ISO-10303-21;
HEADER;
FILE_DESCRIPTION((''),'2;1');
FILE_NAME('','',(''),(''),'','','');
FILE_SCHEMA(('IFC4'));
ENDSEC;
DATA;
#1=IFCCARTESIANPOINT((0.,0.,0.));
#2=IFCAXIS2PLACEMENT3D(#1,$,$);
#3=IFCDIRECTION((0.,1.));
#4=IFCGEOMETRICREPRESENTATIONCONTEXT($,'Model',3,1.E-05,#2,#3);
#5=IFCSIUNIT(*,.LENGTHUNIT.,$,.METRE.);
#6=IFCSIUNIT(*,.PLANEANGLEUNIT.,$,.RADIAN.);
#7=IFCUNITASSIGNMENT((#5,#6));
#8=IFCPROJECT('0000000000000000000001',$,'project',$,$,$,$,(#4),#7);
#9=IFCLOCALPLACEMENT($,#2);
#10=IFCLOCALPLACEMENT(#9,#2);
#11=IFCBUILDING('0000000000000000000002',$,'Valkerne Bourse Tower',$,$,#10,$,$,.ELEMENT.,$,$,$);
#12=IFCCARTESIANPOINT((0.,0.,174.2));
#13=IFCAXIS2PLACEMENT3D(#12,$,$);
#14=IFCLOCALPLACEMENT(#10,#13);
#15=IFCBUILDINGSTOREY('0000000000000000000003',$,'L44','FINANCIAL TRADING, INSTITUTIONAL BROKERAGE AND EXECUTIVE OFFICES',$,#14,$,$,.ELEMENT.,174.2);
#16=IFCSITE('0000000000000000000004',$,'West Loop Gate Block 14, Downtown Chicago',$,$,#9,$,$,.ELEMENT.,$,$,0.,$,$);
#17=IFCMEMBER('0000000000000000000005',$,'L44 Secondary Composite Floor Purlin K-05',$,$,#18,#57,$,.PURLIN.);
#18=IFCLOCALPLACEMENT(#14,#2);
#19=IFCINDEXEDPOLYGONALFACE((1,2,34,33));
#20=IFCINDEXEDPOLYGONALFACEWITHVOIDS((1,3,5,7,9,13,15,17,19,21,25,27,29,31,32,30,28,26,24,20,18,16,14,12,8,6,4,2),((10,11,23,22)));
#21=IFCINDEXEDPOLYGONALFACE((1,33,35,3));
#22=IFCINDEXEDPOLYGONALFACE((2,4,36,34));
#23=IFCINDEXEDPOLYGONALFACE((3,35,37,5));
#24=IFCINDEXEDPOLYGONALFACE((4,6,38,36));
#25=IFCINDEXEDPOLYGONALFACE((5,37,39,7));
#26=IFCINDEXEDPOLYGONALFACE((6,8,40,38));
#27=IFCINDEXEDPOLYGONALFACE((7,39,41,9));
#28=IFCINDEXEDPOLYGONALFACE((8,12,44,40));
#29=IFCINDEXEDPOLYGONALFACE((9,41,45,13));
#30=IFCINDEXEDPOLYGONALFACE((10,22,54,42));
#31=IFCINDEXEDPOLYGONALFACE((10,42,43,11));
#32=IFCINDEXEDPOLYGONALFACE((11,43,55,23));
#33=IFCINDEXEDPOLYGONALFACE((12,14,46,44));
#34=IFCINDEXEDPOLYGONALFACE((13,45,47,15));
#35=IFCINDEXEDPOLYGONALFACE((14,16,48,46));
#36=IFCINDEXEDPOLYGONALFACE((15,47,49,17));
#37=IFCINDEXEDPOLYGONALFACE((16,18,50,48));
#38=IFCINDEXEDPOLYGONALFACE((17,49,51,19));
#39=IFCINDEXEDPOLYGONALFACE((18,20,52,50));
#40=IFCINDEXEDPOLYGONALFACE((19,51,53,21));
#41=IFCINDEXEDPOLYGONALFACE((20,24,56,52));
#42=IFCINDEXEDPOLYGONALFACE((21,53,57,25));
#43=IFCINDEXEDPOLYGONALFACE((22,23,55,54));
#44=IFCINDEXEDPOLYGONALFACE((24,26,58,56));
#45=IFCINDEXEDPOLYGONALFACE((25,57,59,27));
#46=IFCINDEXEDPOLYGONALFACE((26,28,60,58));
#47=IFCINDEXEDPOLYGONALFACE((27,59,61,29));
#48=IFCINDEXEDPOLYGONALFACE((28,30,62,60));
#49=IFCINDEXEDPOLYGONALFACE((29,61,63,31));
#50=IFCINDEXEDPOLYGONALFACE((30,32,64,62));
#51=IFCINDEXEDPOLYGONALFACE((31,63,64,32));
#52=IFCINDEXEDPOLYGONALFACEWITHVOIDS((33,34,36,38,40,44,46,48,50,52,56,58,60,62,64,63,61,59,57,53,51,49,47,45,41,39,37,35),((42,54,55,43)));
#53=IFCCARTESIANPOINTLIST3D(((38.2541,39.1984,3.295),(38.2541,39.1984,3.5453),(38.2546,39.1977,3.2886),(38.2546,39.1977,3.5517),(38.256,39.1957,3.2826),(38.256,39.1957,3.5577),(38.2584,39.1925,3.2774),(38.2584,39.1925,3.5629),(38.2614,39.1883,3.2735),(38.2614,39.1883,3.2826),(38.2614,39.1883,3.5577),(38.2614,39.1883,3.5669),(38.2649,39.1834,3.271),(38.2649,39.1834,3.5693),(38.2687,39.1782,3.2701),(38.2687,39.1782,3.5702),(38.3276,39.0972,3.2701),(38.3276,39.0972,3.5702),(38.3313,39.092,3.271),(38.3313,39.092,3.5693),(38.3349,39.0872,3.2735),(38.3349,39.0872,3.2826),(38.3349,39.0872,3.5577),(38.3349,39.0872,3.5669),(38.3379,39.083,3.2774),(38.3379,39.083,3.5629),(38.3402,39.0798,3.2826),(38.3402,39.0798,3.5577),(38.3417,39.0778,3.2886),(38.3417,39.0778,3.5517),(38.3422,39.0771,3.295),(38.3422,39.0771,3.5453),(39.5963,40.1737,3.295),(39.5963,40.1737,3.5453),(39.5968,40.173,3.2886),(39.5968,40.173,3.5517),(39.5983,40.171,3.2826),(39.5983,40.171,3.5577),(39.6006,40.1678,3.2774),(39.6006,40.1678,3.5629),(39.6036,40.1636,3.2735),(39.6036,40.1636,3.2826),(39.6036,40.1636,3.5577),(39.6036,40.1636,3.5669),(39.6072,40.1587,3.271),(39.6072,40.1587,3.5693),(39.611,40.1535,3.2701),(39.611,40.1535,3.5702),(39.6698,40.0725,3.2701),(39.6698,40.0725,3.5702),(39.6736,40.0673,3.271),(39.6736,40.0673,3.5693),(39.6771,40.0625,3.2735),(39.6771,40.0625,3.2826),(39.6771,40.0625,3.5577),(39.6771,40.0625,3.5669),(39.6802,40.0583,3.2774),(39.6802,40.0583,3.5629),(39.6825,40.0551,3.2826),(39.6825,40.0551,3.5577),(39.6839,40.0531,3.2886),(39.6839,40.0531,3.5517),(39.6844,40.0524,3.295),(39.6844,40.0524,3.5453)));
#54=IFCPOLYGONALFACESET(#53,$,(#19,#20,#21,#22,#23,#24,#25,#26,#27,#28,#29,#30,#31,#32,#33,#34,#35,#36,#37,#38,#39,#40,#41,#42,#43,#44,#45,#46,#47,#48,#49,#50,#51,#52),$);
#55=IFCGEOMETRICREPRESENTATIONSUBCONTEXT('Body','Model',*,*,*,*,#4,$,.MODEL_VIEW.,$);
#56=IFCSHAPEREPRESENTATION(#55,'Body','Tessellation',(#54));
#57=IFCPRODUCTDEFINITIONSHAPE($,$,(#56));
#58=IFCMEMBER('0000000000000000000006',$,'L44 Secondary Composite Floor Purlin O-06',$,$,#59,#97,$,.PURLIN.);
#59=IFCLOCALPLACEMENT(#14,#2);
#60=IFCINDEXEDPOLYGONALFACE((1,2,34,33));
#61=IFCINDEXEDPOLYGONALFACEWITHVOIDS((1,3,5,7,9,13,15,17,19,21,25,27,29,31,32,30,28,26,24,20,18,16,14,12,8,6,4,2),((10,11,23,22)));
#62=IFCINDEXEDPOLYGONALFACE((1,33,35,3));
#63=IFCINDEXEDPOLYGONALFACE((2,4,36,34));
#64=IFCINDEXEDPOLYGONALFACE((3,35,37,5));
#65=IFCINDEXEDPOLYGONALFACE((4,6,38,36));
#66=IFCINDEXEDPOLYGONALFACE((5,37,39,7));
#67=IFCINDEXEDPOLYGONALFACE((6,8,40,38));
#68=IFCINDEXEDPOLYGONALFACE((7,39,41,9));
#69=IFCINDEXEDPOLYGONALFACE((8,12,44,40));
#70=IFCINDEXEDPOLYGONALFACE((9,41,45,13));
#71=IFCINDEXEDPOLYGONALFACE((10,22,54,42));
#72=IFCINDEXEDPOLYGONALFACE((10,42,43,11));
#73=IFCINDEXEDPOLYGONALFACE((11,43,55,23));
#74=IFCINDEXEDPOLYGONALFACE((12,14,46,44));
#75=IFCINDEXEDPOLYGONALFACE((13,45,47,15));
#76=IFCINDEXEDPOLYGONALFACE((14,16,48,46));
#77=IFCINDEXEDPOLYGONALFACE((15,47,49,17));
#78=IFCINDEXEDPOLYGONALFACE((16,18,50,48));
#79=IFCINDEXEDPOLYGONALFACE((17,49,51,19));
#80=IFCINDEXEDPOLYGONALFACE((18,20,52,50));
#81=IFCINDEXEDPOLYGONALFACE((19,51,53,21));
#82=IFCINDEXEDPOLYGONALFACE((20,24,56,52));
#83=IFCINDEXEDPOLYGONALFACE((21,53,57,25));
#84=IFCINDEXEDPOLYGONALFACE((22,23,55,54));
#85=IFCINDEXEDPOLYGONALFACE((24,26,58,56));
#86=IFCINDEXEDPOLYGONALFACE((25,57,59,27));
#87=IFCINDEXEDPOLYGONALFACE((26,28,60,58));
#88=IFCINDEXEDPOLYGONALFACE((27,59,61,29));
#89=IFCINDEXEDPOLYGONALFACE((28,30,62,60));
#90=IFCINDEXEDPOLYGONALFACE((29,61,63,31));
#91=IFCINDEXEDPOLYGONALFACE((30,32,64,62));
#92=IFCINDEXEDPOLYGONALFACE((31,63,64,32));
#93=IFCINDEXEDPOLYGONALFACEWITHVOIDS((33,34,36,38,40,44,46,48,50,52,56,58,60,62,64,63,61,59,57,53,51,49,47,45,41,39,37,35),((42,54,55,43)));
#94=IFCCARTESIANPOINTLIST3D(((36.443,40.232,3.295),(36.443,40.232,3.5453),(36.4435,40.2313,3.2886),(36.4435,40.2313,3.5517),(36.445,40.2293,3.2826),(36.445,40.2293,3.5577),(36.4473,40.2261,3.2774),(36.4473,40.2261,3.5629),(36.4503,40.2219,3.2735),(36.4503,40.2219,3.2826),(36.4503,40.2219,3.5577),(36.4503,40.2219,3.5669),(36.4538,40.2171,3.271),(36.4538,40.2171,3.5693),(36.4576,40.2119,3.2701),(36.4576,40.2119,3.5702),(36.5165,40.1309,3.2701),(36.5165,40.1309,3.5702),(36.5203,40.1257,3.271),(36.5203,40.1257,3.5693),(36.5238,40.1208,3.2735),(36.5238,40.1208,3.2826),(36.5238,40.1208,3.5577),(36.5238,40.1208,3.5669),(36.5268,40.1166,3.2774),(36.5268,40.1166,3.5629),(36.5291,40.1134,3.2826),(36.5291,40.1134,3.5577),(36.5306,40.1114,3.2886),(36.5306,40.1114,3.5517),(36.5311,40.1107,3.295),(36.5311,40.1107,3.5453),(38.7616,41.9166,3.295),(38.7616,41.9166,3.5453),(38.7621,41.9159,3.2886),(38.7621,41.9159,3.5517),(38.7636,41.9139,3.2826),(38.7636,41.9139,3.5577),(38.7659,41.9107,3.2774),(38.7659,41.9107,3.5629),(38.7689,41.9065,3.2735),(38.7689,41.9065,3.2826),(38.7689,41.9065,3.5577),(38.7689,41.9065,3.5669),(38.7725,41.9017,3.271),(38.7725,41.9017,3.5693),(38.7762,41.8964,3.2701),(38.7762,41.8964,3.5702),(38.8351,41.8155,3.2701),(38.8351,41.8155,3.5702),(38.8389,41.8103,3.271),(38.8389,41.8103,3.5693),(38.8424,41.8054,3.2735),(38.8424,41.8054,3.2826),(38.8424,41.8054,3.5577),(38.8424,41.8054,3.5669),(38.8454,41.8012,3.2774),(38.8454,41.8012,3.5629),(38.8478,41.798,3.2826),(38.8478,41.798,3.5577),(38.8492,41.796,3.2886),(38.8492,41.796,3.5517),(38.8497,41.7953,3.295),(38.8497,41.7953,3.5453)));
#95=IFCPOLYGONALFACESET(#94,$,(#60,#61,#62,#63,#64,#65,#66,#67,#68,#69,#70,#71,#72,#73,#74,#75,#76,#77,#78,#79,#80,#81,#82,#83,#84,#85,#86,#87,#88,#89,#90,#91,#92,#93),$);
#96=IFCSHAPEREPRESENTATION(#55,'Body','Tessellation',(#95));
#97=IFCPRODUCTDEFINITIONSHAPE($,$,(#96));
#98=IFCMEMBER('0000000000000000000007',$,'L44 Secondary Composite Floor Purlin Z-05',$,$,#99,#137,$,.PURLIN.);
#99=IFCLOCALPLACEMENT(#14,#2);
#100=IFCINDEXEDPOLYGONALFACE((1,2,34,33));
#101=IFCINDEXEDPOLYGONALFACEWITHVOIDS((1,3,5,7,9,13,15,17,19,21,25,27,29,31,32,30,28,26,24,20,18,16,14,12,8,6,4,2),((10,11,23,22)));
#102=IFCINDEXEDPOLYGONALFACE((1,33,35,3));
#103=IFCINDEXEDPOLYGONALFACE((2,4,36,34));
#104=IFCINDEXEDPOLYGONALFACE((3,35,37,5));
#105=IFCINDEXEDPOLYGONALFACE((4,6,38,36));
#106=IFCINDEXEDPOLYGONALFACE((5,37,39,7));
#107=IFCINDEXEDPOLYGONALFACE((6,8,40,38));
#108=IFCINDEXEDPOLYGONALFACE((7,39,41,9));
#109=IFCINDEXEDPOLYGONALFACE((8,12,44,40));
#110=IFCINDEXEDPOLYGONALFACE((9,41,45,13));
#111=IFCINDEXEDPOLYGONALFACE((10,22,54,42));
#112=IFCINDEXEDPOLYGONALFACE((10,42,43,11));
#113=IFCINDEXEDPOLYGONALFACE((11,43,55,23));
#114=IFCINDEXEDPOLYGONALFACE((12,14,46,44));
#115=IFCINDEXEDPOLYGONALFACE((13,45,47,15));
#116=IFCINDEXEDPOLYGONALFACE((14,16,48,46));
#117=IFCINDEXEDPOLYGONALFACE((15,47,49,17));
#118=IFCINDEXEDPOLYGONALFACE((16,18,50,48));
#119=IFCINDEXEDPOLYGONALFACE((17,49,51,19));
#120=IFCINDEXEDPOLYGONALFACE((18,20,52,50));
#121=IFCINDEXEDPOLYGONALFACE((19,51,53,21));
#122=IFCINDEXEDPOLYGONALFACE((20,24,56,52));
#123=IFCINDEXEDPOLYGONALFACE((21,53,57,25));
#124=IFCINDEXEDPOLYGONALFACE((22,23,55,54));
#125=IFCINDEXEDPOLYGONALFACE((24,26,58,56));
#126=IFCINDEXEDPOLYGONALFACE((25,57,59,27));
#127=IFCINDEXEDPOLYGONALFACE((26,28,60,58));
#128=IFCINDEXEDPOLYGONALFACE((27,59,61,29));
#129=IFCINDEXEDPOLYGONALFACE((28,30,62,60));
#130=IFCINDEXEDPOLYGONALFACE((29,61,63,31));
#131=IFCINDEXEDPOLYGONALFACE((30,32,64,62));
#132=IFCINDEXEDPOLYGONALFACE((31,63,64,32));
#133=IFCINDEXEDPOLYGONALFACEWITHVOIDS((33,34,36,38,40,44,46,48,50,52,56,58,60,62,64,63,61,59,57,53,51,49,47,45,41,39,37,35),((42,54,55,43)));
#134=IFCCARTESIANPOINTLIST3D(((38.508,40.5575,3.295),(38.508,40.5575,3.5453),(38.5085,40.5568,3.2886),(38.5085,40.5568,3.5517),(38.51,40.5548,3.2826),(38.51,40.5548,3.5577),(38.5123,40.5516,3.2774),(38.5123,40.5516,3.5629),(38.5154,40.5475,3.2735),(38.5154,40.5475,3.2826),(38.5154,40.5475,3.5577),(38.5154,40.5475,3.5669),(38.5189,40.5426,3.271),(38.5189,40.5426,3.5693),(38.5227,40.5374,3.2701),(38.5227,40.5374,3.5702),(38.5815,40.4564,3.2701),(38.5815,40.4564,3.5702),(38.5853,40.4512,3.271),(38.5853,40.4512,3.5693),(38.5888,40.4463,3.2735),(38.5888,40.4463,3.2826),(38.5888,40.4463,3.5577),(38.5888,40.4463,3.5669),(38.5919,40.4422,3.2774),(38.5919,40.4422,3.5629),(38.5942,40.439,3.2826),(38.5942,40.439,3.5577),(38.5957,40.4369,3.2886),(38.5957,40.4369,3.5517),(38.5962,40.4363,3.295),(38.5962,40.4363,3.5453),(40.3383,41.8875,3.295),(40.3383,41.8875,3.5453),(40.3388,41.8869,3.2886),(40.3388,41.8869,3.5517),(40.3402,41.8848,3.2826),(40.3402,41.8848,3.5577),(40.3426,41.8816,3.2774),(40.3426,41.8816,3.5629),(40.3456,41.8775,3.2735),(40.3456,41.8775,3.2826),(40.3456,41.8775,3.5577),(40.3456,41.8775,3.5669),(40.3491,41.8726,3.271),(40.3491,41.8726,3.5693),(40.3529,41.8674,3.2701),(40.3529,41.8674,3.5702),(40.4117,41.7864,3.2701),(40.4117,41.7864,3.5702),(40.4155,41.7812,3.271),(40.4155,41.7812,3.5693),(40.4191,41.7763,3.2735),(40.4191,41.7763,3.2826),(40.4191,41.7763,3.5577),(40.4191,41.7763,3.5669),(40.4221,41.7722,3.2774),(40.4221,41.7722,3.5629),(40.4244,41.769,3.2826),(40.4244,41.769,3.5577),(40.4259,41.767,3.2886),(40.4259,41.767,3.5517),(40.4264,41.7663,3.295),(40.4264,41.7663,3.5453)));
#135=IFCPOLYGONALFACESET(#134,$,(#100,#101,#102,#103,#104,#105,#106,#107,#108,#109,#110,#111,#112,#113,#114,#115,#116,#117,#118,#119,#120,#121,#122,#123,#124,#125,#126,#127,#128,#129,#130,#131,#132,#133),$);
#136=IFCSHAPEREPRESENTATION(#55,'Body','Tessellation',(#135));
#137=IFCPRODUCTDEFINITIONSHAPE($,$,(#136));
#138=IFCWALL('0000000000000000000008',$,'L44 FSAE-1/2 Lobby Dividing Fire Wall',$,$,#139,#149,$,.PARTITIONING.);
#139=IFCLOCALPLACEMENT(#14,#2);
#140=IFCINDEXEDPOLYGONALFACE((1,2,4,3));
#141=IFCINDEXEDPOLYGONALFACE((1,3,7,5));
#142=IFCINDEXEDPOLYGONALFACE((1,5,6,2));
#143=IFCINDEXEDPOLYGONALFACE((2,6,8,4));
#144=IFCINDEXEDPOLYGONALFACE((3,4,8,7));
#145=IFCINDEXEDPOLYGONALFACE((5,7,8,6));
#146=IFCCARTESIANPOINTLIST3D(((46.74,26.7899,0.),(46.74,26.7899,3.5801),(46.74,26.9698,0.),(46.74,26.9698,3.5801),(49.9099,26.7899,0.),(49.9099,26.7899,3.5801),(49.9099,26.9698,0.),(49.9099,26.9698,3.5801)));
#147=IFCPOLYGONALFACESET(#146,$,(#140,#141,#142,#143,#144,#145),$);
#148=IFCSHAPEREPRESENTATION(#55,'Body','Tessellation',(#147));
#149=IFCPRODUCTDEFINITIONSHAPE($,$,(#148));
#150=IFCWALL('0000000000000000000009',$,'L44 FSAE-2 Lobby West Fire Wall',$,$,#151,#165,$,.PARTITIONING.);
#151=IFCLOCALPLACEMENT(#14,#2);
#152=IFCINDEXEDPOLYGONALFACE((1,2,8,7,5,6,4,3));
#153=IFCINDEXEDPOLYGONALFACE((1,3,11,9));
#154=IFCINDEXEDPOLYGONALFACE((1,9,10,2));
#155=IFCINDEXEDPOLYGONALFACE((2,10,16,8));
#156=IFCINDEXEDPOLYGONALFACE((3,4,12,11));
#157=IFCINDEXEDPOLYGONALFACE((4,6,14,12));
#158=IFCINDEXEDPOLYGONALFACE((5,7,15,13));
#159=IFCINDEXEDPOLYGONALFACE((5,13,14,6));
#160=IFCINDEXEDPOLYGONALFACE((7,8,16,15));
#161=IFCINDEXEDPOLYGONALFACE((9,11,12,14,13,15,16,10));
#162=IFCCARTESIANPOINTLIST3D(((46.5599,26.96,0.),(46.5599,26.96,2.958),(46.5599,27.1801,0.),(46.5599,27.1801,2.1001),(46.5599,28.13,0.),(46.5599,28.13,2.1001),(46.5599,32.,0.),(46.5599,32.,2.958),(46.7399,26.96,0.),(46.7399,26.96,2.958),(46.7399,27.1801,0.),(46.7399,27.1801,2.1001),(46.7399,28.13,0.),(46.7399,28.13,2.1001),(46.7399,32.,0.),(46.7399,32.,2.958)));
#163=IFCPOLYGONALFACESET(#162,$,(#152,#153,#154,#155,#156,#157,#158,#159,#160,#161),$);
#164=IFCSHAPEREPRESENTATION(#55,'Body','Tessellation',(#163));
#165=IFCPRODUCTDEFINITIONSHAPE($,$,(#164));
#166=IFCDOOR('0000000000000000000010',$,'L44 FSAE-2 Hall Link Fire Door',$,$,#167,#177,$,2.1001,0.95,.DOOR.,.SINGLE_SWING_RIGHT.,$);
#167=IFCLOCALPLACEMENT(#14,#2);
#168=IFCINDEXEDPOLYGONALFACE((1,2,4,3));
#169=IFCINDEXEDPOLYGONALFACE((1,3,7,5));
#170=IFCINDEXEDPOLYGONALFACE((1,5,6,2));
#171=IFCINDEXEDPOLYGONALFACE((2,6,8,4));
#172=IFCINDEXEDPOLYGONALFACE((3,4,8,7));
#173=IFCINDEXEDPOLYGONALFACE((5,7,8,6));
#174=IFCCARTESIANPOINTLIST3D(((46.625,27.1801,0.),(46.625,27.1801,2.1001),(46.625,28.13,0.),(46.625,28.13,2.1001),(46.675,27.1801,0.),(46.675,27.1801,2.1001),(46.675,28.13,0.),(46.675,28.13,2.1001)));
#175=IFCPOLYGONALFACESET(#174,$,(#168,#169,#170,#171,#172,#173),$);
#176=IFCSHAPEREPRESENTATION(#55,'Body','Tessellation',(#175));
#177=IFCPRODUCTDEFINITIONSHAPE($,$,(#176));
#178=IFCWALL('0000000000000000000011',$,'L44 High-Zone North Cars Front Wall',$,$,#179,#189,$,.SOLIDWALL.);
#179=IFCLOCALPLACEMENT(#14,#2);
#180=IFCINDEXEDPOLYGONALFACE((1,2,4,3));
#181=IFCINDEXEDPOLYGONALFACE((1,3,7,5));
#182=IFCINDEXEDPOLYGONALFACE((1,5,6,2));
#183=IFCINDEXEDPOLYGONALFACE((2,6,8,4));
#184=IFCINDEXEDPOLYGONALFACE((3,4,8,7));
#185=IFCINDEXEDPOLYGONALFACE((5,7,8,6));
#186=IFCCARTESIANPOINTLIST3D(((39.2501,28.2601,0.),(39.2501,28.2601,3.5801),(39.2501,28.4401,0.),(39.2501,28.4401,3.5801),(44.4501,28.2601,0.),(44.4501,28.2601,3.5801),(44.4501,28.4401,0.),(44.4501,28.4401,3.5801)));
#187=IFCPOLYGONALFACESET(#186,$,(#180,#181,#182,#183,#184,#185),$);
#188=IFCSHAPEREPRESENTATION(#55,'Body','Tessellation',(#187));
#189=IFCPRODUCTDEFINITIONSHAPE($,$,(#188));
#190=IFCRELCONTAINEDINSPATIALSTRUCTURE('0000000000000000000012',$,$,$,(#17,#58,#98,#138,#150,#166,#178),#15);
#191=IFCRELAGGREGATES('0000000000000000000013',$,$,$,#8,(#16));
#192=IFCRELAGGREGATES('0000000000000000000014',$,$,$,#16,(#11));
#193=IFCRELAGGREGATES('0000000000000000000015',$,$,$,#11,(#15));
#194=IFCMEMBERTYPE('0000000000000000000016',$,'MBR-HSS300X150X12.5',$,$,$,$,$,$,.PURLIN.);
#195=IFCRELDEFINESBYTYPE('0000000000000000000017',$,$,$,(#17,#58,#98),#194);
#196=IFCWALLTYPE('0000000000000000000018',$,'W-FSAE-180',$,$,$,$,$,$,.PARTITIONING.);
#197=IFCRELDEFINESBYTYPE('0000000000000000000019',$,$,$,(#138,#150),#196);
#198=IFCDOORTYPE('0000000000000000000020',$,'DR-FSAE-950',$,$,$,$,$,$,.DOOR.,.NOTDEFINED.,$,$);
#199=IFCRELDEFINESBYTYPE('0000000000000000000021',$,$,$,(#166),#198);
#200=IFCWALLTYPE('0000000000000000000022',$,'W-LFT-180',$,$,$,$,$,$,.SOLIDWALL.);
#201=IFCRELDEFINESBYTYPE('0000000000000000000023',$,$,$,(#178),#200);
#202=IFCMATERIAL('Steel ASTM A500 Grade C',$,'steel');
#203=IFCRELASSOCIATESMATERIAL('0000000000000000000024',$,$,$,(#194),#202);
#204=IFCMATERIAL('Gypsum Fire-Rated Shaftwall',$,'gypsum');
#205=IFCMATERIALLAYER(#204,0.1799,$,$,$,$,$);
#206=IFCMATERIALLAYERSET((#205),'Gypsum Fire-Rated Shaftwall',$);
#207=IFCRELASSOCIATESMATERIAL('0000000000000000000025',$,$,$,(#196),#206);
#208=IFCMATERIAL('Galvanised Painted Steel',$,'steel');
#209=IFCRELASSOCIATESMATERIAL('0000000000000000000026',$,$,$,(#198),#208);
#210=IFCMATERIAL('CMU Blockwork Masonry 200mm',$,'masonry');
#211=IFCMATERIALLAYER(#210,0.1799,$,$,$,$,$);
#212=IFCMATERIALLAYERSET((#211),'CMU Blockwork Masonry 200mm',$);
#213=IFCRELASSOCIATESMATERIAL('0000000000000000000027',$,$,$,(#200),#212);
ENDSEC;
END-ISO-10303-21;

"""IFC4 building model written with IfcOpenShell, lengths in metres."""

from ifc_helpers import new_model, si_unit, direction, frame, frame_2d, origin, origin_2d, place, context, subcontext, project, spatial, rectangle, hollow_rectangle, extrude, material, layer, layer_set, material_profile, profile_set, type_object, element, fill, save


model = new_model("IFC4")

# Units and contexts
model_context = context("Model", 3, precision=1e-05, world=origin(), true_north=direction((0.0, 1.0)))
body_context = subcontext(model_context, "Body", "Model", "MODEL_VIEW")
ifc_project = project(units=[si_unit("LENGTHUNIT", "METRE"), si_unit("PLANEANGLEUNIT", "RADIAN")], contexts=[model_context])

# Site, building, storey
site_placement = place(None, origin())
site = spatial("IfcSite", under=ifc_project, at=site_placement, Name="West Loop Gate Block 14, Downtown Chicago", CompositionType="ELEMENT", RefElevation=0.0)
building_placement = place(site_placement, origin())
building = spatial("IfcBuilding", under=site, at=building_placement, Name="Valkerne Bourse Tower", CompositionType="ELEMENT")
storey_placement = place(building_placement, frame((0.0, 0.0, 174.2)))
storey = spatial("IfcBuildingStorey", under=building, at=storey_placement, Name="L44", Description="FINANCIAL TRADING, INSTITUTIONAL BROKERAGE AND EXECUTIVE OFFICES", CompositionType="ELEMENT", Elevation=174.2)

# Members
ifc_material_1 = material(Name="Steel ASTM A500 Grade C", Category="steel")
ifc_material_profile_1 = material_profile(ifc_material_1, hollow_rectangle(XDim=0.1499, YDim=0.3, WallThickness=0.0125, OuterFilletRadius=0.0249, at=origin_2d()), Name="HSS300X150X12.5")
ifc_profile_set_1 = profile_set([ifc_material_profile_1], Name="Steel ASTM A500 Grade C")
member_type = type_object("IfcMemberType", Name="MBR-HSS300X150X12.5", PredefinedType="PURLIN", material=ifc_profile_set_1)
member_1_placement = place(storey_placement, frame((39.6404, 40.113, 3.4202), z_axis=(-0.808984, -0.58783, 0.0), x_axis=(0.58783, -0.808984, 0.0)))
element("IfcMember", 1, at=member_1_placement, inside=storey, type_object=member_type, Name="L44 Secondary Composite Floor Purlin K-05", PredefinedType="PURLIN", context=body_context, shape_type="SweptSolid", body=[
    extrude(hollow_rectangle(XDim=0.1499, YDim=0.3, WallThickness=0.0125, OuterFilletRadius=0.0249, at=origin_2d()), origin(), (0.0, 0.0, 1.0), 1.6592),
])
member_2_placement = place(storey_placement, frame((38.8057, 41.856, 3.4202), z_axis=(-0.809016, -0.587787, 0.0), x_axis=(0.587787, -0.809016, 0.0)))
element("IfcMember", 2, at=member_2_placement, inside=storey, type_object=member_type, Name="L44 Secondary Composite Floor Purlin O-06", PredefinedType="PURLIN", context=body_context, shape_type="SweptSolid", body=[
    extrude(hollow_rectangle(XDim=0.1499, YDim=0.3, WallThickness=0.0125, OuterFilletRadius=0.0249, at=origin_2d()), origin(), (0.0, 0.0, 1.0), 2.866),
])
member_3_placement = place(storey_placement, frame((40.3823, 41.8269, 3.4202), z_axis=(-0.80896, -0.587864, 0.0), x_axis=(0.587864, -0.80896, 0.0)))
element("IfcMember", 3, at=member_3_placement, inside=storey, type_object=member_type, Name="L44 Secondary Composite Floor Purlin Z-05", PredefinedType="PURLIN", context=body_context, shape_type="SweptSolid", body=[
    extrude(hollow_rectangle(XDim=0.1499, YDim=0.3, WallThickness=0.0125, OuterFilletRadius=0.0249, at=origin_2d()), origin(), (0.0, 0.0, 1.0), 2.2625),
])

# Wall
ifc_material_2 = material(Name="Gypsum Fire-Rated Shaftwall", Category="gypsum")
ifc_layer_1 = layer(ifc_material_2, 0.1799)
ifc_layer_set_1 = layer_set([ifc_layer_1], Name="Gypsum Fire-Rated Shaftwall")
wall_type_1 = type_object("IfcWallType", Name="W-FSAE-180", PredefinedType="PARTITIONING", material=ifc_layer_set_1)
wall_1_placement = place(storey_placement, frame((46.74, 26.8799, 0.0), z_axis=(0.0, 0.0, 1.0), x_axis=(1.0, 0.0, 0.0)))
element("IfcWall", 4, at=wall_1_placement, inside=storey, type_object=wall_type_1, Name="L44 FSAE-1/2 Lobby Dividing Fire Wall", PredefinedType="PARTITIONING", context=body_context, shape_type="SweptSolid", body=[
    extrude(rectangle(XDim=3.1699, YDim=0.1799, at=frame_2d((1.585, 0.0))), origin(), (0.0, 0.0, 1.0), 3.5801),
])

# Wall, opening, door
wall_2_placement = place(storey_placement, frame((46.6499, 26.96, 0.0), z_axis=(0.0, 0.0, 1.0), x_axis=(0.0, 1.0, 0.0)))
wall_2 = element("IfcWall", 5, at=wall_2_placement, inside=storey, type_object=wall_type_1, Name="L44 FSAE-2 Lobby West Fire Wall", PredefinedType="PARTITIONING", context=body_context, shape_type="SweptSolid", body=[
    extrude(rectangle(XDim=5.04, YDim=0.1799, at=frame_2d((2.52, 0.0))), origin(), (0.0, 0.0, 1.0), 2.958),
])
opening_1_placement = place(wall_2_placement, frame((0.22, 0.0, 0.0)))
opening_1 = element("IfcOpeningElement", 6, at=opening_1_placement, cuts=wall_2, PredefinedType="OPENING", context=body_context, shape_type="SweptSolid", body=[
    extrude(rectangle(XDim=0.95, YDim=2.1001, at=frame_2d((0.4751, 1.05))), frame((0.0, 0.0999, 0.0), z_axis=(0.0, -1.0, 0.0), x_axis=(1.0, 0.0, 0.0)), (0.0, 0.0, 1.0), 0.2),
])
ifc_material_3 = material(Name="Galvanised Painted Steel", Category="steel")
door_type_1 = type_object("IfcDoorType", Name="DR-FSAE-950", OperationType="NOTDEFINED", PredefinedType="DOOR", material=ifc_material_3)
door_1_placement = place(opening_1_placement, origin())
door_1 = element("IfcDoor", 7, at=door_1_placement, inside=storey, type_object=door_type_1, Name="L44 FSAE-2 Hall Link Fire Door", OperationType="SINGLE_SWING_RIGHT", OverallHeight=2.1001, OverallWidth=0.95, PredefinedType="DOOR", context=body_context, shape_type="SweptSolid", body=[
    extrude(rectangle(XDim=0.95, YDim=2.1001, at=frame_2d((0.4751, 1.05))), frame((0.0, 0.0249, 0.0), z_axis=(0.0, -1.0, 0.0), x_axis=(1.0, 0.0, 0.0)), (0.0, 0.0, 1.0), 0.05),
])
fill(opening_1, door_1)

# Shared definitions
ifc_material_4 = material(Name="CMU Blockwork Masonry 200mm", Category="masonry")
ifc_layer_2 = layer(ifc_material_4, 0.1799)
ifc_layer_set_2 = layer_set([ifc_layer_2], Name="CMU Blockwork Masonry 200mm")
wall_type_2 = type_object("IfcWallType", Name="W-LFT-180", PredefinedType="SOLIDWALL", material=ifc_layer_set_2)

# Wall
wall_3_placement = place(storey_placement, frame((39.25, 28.3501, 0.0), z_axis=(0.0, 0.0, 1.0), x_axis=(1.0, 0.0, 0.0)))
element("IfcWall", 8, at=wall_3_placement, inside=storey, type_object=wall_type_2, Name="L44 High-Zone North Cars Front Wall", PredefinedType="SOLIDWALL", context=body_context, shape_type="SweptSolid", body=[
    extrude(rectangle(XDim=5.2, YDim=0.1799, at=frame_2d((2.6001, 0.0))), origin(), (0.0, 0.0, 1.0), 3.5801),
])

save(model, "model.ifc")
